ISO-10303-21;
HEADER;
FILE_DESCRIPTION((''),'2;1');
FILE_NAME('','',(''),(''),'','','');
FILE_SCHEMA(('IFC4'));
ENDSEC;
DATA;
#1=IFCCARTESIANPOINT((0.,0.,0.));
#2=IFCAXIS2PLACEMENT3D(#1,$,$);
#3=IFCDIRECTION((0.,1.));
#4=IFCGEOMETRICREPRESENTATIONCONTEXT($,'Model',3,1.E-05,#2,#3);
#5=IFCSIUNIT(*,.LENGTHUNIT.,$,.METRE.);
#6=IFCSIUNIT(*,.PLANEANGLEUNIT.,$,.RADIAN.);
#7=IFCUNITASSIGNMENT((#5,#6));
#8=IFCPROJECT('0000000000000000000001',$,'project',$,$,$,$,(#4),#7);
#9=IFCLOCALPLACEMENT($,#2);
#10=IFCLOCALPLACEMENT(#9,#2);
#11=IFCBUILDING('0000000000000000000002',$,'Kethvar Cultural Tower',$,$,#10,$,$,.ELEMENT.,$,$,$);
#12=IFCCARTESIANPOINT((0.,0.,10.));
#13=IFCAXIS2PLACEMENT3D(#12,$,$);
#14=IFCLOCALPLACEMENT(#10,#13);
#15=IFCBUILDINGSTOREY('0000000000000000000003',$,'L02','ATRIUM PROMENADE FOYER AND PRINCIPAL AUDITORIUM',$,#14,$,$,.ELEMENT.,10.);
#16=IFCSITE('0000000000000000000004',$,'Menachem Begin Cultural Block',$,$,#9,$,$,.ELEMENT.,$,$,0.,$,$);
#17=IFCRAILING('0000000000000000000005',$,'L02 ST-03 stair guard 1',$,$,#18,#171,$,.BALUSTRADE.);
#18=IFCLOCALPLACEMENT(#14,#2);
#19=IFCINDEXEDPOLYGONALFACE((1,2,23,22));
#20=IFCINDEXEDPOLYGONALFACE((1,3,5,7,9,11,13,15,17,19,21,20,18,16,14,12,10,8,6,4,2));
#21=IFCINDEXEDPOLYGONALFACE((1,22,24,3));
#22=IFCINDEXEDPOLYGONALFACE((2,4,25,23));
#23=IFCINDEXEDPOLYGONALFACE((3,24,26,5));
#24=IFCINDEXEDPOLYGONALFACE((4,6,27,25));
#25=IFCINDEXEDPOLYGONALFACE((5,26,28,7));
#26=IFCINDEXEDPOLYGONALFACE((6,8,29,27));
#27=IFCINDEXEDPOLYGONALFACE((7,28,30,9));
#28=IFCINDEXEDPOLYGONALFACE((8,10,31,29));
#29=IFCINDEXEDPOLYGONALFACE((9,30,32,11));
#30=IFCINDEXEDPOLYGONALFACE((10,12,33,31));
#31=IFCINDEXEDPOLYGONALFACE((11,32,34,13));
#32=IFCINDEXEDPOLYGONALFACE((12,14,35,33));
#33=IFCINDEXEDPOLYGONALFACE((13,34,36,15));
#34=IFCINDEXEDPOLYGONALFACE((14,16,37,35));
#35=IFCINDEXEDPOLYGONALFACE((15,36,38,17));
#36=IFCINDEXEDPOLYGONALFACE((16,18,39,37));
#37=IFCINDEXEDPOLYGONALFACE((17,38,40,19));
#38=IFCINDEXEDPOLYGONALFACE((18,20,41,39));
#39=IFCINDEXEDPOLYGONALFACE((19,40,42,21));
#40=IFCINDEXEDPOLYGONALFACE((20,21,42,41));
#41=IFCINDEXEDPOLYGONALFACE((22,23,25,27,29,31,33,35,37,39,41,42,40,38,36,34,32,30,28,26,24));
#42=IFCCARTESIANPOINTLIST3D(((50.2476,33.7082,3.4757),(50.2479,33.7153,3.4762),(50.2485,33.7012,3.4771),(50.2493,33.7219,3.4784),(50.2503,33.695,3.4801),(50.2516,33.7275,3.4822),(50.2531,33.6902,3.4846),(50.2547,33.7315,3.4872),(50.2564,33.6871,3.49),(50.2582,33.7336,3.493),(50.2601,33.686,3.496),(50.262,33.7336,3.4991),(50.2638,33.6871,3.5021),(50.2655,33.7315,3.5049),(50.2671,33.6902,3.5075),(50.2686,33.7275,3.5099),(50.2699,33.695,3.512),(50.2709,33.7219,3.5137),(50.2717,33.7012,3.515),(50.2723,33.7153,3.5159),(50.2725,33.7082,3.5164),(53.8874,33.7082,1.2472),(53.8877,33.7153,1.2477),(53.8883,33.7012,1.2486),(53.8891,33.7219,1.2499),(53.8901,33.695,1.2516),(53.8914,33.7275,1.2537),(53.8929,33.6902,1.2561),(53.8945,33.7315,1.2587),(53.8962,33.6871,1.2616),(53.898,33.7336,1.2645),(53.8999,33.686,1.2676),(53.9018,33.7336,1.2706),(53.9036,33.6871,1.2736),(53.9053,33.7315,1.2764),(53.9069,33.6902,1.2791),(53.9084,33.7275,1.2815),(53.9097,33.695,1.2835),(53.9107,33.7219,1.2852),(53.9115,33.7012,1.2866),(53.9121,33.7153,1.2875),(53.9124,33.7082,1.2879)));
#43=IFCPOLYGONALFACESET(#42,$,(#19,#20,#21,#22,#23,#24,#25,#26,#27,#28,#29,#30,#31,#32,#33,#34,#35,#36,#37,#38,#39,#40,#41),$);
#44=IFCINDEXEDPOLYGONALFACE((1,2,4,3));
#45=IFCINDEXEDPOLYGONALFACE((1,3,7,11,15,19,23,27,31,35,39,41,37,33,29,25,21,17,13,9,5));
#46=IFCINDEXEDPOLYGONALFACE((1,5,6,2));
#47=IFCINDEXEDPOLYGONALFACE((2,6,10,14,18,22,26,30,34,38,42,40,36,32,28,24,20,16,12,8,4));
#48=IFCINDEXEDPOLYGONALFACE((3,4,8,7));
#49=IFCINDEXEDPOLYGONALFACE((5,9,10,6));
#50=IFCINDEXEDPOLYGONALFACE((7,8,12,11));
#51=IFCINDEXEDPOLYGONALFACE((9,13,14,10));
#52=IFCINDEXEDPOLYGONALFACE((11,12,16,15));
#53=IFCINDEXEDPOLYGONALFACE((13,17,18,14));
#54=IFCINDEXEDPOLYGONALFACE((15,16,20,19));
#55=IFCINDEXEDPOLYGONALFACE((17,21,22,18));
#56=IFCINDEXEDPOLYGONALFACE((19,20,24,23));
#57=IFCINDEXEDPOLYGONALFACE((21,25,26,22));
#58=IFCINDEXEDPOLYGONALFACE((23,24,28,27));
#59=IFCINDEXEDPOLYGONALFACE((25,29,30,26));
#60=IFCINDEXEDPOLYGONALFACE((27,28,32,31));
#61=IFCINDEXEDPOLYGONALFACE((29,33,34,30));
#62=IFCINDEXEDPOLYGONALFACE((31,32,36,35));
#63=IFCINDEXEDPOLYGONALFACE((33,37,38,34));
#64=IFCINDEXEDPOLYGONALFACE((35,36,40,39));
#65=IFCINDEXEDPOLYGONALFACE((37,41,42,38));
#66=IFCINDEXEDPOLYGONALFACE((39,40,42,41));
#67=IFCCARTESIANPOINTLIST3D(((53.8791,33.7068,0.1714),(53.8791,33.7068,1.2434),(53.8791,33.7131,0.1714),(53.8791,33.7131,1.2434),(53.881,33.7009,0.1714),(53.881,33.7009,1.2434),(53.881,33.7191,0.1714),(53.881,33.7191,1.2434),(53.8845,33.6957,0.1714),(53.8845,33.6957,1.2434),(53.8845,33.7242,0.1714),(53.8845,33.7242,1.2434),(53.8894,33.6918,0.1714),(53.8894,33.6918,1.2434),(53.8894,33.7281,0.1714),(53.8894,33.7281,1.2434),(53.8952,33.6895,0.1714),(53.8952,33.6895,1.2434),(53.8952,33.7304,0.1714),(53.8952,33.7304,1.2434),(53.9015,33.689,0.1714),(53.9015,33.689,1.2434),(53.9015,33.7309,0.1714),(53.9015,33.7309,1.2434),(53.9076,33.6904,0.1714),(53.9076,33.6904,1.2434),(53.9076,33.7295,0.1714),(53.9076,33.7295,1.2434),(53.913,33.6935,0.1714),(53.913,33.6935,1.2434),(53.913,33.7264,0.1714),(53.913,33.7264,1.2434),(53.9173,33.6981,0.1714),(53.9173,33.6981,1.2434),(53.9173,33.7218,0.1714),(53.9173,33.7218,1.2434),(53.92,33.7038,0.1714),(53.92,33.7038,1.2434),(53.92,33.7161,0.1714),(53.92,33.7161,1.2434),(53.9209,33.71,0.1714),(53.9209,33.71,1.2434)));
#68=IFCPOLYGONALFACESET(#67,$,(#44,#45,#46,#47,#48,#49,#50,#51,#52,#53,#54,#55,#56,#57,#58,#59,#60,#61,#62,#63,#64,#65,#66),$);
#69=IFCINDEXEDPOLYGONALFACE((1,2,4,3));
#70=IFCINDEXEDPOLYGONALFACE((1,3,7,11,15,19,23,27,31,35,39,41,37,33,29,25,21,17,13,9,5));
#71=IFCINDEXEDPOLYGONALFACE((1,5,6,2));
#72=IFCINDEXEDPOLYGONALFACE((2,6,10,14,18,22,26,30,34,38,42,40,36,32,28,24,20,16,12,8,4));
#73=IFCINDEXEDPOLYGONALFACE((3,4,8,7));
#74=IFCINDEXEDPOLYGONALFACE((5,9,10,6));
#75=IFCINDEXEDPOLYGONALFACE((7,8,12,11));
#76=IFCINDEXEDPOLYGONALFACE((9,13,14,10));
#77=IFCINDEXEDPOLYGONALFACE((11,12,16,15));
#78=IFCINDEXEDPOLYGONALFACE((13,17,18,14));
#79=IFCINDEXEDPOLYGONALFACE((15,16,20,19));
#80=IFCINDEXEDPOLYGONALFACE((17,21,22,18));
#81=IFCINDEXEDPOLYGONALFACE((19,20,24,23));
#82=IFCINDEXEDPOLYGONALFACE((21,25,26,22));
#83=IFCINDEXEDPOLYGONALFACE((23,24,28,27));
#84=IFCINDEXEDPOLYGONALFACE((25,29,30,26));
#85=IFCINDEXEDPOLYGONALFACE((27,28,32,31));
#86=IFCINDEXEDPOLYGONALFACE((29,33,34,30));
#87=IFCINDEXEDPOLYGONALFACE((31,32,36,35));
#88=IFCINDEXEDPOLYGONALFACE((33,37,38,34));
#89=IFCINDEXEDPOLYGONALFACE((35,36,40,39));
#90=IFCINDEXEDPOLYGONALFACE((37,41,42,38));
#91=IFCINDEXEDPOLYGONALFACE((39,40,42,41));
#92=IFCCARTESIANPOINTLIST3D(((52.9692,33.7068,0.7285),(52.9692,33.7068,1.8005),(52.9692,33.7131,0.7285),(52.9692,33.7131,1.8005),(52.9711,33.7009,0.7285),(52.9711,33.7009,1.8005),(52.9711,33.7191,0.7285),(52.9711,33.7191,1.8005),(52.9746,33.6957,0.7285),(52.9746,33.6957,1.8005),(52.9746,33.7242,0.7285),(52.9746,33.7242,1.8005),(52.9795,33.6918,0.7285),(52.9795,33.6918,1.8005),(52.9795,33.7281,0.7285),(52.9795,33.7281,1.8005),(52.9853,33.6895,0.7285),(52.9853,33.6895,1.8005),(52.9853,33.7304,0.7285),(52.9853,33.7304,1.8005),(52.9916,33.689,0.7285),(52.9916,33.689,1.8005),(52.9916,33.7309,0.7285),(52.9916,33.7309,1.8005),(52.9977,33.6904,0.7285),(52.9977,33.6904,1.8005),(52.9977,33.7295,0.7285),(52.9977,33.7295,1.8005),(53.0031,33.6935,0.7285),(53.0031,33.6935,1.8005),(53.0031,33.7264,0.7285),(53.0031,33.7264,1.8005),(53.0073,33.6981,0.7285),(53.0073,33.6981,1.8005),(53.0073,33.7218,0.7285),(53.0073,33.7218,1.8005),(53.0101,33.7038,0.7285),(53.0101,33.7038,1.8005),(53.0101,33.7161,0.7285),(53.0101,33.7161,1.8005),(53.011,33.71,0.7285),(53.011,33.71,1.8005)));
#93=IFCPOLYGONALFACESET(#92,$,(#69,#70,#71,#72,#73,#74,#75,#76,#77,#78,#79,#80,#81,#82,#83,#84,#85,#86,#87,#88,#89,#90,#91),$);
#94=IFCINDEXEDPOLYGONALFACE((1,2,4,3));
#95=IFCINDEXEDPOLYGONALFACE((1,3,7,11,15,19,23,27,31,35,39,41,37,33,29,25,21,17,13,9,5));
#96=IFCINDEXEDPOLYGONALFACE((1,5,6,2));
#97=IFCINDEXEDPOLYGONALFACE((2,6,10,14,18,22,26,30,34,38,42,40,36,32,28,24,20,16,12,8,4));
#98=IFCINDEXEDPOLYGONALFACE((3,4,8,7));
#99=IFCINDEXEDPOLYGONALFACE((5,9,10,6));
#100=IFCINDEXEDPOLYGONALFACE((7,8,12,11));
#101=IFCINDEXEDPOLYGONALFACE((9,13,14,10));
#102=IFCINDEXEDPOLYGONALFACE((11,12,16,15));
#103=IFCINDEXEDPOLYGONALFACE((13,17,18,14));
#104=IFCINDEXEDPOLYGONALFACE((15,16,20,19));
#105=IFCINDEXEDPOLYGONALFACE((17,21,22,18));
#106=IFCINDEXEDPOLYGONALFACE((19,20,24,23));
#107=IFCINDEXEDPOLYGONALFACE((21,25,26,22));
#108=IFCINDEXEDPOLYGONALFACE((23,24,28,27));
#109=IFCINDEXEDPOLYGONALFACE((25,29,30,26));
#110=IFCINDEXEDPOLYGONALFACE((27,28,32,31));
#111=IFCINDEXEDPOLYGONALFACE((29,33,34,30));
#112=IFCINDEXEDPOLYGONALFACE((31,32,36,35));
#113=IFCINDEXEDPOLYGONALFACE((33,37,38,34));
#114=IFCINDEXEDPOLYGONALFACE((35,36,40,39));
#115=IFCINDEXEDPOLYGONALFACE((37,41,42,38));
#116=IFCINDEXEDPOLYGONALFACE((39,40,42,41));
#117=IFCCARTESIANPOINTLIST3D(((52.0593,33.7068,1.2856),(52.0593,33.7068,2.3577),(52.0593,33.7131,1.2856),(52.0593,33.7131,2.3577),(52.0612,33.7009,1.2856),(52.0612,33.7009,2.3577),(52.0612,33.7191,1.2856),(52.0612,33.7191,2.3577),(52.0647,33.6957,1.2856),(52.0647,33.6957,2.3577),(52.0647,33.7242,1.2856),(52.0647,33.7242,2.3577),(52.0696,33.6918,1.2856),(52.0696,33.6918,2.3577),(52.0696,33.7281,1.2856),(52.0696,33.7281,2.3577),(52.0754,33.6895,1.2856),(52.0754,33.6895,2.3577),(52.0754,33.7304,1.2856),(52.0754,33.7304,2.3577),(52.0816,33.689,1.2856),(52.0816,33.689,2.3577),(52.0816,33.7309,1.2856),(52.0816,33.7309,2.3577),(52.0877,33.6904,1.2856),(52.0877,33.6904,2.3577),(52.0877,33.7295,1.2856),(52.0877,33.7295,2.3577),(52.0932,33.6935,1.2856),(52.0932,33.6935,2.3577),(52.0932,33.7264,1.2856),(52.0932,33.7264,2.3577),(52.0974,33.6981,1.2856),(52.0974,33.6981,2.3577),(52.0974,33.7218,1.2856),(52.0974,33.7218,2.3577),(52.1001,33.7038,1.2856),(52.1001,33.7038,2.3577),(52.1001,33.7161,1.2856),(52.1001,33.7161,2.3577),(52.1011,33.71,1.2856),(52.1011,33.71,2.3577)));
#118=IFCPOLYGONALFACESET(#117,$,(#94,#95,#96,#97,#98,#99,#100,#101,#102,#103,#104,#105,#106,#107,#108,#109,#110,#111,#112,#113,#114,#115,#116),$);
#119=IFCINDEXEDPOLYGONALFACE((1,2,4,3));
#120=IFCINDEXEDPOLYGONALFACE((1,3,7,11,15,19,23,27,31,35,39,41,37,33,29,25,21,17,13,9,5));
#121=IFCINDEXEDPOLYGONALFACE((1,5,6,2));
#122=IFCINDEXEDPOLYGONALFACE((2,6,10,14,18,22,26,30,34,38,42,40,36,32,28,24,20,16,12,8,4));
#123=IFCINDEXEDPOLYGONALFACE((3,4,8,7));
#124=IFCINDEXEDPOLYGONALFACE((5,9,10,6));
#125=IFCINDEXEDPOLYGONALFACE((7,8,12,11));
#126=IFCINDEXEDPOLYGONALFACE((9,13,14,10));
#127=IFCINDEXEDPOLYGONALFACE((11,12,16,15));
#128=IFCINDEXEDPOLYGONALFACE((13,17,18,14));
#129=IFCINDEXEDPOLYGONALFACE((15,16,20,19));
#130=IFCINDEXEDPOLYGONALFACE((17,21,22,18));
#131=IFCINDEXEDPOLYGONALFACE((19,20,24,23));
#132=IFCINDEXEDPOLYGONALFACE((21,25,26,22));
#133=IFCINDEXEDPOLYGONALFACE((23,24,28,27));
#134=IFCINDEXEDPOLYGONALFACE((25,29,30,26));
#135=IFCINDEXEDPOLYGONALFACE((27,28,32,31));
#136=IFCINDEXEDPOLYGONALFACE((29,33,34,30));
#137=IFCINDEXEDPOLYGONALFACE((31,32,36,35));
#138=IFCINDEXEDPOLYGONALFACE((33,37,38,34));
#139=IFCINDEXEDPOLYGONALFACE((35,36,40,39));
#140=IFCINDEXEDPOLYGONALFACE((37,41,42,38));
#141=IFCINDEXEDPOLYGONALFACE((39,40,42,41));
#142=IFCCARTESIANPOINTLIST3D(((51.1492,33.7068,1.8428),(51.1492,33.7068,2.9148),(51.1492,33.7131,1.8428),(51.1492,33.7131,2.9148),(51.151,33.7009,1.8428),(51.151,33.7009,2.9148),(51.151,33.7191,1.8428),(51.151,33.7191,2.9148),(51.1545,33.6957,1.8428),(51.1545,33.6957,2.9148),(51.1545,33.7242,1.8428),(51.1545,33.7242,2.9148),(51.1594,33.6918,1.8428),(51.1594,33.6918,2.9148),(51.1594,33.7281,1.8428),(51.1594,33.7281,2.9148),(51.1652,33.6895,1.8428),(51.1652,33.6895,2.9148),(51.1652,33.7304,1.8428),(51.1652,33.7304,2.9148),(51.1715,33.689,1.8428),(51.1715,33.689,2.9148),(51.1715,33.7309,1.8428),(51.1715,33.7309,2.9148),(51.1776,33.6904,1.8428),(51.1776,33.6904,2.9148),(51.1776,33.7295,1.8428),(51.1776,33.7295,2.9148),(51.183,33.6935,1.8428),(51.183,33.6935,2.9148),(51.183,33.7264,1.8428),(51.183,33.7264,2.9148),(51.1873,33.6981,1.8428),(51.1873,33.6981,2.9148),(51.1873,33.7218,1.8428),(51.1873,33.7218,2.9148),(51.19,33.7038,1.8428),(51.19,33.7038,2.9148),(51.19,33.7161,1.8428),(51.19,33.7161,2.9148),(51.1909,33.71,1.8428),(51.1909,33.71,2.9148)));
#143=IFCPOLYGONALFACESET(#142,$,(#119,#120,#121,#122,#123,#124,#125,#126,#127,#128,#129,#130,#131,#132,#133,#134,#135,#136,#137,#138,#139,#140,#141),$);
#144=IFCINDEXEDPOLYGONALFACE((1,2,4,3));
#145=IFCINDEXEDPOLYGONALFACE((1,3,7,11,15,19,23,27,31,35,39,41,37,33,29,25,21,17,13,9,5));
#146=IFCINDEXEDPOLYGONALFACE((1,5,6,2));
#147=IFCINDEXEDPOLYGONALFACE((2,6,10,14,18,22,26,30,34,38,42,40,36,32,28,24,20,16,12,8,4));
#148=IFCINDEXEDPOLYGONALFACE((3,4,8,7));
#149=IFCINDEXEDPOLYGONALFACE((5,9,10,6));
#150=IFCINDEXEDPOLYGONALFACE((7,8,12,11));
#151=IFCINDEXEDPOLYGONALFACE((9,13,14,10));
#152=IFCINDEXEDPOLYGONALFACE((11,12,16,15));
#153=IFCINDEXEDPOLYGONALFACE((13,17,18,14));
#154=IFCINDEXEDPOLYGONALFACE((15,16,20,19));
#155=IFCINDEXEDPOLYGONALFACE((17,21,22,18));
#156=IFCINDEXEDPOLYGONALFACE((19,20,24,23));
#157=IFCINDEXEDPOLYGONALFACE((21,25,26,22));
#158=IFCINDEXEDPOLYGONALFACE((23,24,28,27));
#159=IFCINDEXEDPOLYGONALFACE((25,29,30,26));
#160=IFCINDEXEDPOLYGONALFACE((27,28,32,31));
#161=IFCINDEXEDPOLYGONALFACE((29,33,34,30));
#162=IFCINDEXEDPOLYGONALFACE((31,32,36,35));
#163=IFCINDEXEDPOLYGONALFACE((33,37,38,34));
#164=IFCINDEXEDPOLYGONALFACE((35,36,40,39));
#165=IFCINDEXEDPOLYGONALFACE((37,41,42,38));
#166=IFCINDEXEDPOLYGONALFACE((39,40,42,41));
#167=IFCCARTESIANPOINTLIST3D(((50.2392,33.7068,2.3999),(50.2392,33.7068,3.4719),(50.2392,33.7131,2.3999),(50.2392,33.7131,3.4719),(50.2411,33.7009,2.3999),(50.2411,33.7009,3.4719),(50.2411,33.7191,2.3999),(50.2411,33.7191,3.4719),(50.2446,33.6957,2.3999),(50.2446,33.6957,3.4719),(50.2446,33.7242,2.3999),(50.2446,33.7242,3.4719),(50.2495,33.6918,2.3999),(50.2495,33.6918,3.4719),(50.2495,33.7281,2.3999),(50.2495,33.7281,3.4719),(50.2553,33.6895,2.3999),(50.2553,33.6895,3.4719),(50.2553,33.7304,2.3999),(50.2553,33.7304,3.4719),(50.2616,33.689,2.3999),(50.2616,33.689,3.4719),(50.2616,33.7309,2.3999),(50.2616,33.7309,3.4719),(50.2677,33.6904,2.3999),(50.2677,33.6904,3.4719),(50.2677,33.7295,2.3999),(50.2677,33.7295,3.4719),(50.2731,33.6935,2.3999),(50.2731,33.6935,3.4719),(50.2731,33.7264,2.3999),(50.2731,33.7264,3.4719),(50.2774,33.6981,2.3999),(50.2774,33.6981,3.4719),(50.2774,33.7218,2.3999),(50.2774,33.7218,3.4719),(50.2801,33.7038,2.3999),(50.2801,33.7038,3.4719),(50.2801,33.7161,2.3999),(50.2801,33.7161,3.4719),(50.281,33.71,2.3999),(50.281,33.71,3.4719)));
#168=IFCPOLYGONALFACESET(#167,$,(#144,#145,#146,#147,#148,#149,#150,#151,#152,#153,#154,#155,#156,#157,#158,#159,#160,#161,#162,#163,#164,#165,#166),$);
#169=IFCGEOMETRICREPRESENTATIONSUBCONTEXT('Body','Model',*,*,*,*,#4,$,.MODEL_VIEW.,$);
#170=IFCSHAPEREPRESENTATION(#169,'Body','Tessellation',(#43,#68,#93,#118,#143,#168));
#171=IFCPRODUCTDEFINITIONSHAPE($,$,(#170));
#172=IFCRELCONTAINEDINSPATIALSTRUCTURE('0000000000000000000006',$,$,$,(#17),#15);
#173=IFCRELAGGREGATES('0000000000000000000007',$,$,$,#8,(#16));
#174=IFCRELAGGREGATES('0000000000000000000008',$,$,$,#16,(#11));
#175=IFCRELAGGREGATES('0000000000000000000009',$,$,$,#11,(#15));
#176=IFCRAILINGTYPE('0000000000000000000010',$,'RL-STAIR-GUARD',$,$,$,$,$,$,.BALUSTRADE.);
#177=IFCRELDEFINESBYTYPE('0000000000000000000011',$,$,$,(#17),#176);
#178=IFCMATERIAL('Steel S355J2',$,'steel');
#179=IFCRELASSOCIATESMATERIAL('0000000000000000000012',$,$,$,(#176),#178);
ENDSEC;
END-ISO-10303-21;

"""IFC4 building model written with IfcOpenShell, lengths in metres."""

from ifc_helpers import new_model, si_unit, direction, frame, origin, origin_2d, place, context, subcontext, project, spatial, circle, extrude, material, type_object, element, save


model = new_model("IFC4")

# Units and contexts
model_context = context("Model", 3, precision=1e-05, world=origin(), true_north=direction((0.0, 1.0)))
body_context = subcontext(model_context, "Body", "Model", "MODEL_VIEW")
ifc_project = project(units=[si_unit("LENGTHUNIT", "METRE"), si_unit("PLANEANGLEUNIT", "RADIAN")], contexts=[model_context])

# Site, building, storey
site_placement = place(None, origin())
site = spatial("IfcSite", under=ifc_project, at=site_placement, Name="Menachem Begin Cultural Block", CompositionType="ELEMENT", RefElevation=0.0)
building_placement = place(site_placement, origin())
building = spatial("IfcBuilding", under=site, at=building_placement, Name="Kethvar Cultural Tower", CompositionType="ELEMENT")
storey_placement = place(building_placement, frame((0.0, 0.0, 10.0)))
storey = spatial("IfcBuildingStorey", under=building, at=storey_placement, Name="L02", Description="ATRIUM PROMENADE FOYER AND PRINCIPAL AUDITORIUM", CompositionType="ELEMENT", Elevation=10.0)

# Shared definitions
ifc_material_1 = material(Name="Steel S355J2", Category="steel")

# Railing
railing_type_1 = type_object("IfcRailingType", Name="RL-STAIR-GUARD", PredefinedType="BALUSTRADE", material=ifc_material_1)
railing_1_placement = place(storey_placement, frame((53.8999, 33.71, 0.1714)))
element("IfcRailing", 1, at=railing_1_placement, inside=storey, type_object=railing_type_1, Name="L02 ST-03 stair guard 1", PredefinedType="BALUSTRADE", context=body_context, shape_type="SweptSolid", body=[
    extrude(circle(Radius=0.0239, at=origin_2d()), frame((0.0, 0.0, 1.0962), z_axis=(-0.85285, 0.0, 0.522156), x_axis=(0.0, -1.0, 0.0)), (0.0, 0.0, 1.0), 4.2678),
    extrude(circle(Radius=0.021, at=origin_2d()), origin(), (0.0, 0.0, 1.0), 1.072),
    extrude(circle(Radius=0.021, at=origin_2d()), frame((-0.9099, 0.0, 0.5571)), (0.0, 0.0, 1.0), 1.072),
    extrude(circle(Radius=0.021, at=origin_2d()), frame((-1.8198, 0.0, 1.1143)), (0.0, 0.0, 1.0), 1.072),
    extrude(circle(Radius=0.021, at=origin_2d()), frame((-2.73, 0.0, 1.6714)), (0.0, 0.0, 1.0), 1.072),
    extrude(circle(Radius=0.021, at=origin_2d()), frame((-3.6399, 0.0, 2.2285)), (0.0, 0.0, 1.0), 1.072),
])

save(model, "model.ifc")
